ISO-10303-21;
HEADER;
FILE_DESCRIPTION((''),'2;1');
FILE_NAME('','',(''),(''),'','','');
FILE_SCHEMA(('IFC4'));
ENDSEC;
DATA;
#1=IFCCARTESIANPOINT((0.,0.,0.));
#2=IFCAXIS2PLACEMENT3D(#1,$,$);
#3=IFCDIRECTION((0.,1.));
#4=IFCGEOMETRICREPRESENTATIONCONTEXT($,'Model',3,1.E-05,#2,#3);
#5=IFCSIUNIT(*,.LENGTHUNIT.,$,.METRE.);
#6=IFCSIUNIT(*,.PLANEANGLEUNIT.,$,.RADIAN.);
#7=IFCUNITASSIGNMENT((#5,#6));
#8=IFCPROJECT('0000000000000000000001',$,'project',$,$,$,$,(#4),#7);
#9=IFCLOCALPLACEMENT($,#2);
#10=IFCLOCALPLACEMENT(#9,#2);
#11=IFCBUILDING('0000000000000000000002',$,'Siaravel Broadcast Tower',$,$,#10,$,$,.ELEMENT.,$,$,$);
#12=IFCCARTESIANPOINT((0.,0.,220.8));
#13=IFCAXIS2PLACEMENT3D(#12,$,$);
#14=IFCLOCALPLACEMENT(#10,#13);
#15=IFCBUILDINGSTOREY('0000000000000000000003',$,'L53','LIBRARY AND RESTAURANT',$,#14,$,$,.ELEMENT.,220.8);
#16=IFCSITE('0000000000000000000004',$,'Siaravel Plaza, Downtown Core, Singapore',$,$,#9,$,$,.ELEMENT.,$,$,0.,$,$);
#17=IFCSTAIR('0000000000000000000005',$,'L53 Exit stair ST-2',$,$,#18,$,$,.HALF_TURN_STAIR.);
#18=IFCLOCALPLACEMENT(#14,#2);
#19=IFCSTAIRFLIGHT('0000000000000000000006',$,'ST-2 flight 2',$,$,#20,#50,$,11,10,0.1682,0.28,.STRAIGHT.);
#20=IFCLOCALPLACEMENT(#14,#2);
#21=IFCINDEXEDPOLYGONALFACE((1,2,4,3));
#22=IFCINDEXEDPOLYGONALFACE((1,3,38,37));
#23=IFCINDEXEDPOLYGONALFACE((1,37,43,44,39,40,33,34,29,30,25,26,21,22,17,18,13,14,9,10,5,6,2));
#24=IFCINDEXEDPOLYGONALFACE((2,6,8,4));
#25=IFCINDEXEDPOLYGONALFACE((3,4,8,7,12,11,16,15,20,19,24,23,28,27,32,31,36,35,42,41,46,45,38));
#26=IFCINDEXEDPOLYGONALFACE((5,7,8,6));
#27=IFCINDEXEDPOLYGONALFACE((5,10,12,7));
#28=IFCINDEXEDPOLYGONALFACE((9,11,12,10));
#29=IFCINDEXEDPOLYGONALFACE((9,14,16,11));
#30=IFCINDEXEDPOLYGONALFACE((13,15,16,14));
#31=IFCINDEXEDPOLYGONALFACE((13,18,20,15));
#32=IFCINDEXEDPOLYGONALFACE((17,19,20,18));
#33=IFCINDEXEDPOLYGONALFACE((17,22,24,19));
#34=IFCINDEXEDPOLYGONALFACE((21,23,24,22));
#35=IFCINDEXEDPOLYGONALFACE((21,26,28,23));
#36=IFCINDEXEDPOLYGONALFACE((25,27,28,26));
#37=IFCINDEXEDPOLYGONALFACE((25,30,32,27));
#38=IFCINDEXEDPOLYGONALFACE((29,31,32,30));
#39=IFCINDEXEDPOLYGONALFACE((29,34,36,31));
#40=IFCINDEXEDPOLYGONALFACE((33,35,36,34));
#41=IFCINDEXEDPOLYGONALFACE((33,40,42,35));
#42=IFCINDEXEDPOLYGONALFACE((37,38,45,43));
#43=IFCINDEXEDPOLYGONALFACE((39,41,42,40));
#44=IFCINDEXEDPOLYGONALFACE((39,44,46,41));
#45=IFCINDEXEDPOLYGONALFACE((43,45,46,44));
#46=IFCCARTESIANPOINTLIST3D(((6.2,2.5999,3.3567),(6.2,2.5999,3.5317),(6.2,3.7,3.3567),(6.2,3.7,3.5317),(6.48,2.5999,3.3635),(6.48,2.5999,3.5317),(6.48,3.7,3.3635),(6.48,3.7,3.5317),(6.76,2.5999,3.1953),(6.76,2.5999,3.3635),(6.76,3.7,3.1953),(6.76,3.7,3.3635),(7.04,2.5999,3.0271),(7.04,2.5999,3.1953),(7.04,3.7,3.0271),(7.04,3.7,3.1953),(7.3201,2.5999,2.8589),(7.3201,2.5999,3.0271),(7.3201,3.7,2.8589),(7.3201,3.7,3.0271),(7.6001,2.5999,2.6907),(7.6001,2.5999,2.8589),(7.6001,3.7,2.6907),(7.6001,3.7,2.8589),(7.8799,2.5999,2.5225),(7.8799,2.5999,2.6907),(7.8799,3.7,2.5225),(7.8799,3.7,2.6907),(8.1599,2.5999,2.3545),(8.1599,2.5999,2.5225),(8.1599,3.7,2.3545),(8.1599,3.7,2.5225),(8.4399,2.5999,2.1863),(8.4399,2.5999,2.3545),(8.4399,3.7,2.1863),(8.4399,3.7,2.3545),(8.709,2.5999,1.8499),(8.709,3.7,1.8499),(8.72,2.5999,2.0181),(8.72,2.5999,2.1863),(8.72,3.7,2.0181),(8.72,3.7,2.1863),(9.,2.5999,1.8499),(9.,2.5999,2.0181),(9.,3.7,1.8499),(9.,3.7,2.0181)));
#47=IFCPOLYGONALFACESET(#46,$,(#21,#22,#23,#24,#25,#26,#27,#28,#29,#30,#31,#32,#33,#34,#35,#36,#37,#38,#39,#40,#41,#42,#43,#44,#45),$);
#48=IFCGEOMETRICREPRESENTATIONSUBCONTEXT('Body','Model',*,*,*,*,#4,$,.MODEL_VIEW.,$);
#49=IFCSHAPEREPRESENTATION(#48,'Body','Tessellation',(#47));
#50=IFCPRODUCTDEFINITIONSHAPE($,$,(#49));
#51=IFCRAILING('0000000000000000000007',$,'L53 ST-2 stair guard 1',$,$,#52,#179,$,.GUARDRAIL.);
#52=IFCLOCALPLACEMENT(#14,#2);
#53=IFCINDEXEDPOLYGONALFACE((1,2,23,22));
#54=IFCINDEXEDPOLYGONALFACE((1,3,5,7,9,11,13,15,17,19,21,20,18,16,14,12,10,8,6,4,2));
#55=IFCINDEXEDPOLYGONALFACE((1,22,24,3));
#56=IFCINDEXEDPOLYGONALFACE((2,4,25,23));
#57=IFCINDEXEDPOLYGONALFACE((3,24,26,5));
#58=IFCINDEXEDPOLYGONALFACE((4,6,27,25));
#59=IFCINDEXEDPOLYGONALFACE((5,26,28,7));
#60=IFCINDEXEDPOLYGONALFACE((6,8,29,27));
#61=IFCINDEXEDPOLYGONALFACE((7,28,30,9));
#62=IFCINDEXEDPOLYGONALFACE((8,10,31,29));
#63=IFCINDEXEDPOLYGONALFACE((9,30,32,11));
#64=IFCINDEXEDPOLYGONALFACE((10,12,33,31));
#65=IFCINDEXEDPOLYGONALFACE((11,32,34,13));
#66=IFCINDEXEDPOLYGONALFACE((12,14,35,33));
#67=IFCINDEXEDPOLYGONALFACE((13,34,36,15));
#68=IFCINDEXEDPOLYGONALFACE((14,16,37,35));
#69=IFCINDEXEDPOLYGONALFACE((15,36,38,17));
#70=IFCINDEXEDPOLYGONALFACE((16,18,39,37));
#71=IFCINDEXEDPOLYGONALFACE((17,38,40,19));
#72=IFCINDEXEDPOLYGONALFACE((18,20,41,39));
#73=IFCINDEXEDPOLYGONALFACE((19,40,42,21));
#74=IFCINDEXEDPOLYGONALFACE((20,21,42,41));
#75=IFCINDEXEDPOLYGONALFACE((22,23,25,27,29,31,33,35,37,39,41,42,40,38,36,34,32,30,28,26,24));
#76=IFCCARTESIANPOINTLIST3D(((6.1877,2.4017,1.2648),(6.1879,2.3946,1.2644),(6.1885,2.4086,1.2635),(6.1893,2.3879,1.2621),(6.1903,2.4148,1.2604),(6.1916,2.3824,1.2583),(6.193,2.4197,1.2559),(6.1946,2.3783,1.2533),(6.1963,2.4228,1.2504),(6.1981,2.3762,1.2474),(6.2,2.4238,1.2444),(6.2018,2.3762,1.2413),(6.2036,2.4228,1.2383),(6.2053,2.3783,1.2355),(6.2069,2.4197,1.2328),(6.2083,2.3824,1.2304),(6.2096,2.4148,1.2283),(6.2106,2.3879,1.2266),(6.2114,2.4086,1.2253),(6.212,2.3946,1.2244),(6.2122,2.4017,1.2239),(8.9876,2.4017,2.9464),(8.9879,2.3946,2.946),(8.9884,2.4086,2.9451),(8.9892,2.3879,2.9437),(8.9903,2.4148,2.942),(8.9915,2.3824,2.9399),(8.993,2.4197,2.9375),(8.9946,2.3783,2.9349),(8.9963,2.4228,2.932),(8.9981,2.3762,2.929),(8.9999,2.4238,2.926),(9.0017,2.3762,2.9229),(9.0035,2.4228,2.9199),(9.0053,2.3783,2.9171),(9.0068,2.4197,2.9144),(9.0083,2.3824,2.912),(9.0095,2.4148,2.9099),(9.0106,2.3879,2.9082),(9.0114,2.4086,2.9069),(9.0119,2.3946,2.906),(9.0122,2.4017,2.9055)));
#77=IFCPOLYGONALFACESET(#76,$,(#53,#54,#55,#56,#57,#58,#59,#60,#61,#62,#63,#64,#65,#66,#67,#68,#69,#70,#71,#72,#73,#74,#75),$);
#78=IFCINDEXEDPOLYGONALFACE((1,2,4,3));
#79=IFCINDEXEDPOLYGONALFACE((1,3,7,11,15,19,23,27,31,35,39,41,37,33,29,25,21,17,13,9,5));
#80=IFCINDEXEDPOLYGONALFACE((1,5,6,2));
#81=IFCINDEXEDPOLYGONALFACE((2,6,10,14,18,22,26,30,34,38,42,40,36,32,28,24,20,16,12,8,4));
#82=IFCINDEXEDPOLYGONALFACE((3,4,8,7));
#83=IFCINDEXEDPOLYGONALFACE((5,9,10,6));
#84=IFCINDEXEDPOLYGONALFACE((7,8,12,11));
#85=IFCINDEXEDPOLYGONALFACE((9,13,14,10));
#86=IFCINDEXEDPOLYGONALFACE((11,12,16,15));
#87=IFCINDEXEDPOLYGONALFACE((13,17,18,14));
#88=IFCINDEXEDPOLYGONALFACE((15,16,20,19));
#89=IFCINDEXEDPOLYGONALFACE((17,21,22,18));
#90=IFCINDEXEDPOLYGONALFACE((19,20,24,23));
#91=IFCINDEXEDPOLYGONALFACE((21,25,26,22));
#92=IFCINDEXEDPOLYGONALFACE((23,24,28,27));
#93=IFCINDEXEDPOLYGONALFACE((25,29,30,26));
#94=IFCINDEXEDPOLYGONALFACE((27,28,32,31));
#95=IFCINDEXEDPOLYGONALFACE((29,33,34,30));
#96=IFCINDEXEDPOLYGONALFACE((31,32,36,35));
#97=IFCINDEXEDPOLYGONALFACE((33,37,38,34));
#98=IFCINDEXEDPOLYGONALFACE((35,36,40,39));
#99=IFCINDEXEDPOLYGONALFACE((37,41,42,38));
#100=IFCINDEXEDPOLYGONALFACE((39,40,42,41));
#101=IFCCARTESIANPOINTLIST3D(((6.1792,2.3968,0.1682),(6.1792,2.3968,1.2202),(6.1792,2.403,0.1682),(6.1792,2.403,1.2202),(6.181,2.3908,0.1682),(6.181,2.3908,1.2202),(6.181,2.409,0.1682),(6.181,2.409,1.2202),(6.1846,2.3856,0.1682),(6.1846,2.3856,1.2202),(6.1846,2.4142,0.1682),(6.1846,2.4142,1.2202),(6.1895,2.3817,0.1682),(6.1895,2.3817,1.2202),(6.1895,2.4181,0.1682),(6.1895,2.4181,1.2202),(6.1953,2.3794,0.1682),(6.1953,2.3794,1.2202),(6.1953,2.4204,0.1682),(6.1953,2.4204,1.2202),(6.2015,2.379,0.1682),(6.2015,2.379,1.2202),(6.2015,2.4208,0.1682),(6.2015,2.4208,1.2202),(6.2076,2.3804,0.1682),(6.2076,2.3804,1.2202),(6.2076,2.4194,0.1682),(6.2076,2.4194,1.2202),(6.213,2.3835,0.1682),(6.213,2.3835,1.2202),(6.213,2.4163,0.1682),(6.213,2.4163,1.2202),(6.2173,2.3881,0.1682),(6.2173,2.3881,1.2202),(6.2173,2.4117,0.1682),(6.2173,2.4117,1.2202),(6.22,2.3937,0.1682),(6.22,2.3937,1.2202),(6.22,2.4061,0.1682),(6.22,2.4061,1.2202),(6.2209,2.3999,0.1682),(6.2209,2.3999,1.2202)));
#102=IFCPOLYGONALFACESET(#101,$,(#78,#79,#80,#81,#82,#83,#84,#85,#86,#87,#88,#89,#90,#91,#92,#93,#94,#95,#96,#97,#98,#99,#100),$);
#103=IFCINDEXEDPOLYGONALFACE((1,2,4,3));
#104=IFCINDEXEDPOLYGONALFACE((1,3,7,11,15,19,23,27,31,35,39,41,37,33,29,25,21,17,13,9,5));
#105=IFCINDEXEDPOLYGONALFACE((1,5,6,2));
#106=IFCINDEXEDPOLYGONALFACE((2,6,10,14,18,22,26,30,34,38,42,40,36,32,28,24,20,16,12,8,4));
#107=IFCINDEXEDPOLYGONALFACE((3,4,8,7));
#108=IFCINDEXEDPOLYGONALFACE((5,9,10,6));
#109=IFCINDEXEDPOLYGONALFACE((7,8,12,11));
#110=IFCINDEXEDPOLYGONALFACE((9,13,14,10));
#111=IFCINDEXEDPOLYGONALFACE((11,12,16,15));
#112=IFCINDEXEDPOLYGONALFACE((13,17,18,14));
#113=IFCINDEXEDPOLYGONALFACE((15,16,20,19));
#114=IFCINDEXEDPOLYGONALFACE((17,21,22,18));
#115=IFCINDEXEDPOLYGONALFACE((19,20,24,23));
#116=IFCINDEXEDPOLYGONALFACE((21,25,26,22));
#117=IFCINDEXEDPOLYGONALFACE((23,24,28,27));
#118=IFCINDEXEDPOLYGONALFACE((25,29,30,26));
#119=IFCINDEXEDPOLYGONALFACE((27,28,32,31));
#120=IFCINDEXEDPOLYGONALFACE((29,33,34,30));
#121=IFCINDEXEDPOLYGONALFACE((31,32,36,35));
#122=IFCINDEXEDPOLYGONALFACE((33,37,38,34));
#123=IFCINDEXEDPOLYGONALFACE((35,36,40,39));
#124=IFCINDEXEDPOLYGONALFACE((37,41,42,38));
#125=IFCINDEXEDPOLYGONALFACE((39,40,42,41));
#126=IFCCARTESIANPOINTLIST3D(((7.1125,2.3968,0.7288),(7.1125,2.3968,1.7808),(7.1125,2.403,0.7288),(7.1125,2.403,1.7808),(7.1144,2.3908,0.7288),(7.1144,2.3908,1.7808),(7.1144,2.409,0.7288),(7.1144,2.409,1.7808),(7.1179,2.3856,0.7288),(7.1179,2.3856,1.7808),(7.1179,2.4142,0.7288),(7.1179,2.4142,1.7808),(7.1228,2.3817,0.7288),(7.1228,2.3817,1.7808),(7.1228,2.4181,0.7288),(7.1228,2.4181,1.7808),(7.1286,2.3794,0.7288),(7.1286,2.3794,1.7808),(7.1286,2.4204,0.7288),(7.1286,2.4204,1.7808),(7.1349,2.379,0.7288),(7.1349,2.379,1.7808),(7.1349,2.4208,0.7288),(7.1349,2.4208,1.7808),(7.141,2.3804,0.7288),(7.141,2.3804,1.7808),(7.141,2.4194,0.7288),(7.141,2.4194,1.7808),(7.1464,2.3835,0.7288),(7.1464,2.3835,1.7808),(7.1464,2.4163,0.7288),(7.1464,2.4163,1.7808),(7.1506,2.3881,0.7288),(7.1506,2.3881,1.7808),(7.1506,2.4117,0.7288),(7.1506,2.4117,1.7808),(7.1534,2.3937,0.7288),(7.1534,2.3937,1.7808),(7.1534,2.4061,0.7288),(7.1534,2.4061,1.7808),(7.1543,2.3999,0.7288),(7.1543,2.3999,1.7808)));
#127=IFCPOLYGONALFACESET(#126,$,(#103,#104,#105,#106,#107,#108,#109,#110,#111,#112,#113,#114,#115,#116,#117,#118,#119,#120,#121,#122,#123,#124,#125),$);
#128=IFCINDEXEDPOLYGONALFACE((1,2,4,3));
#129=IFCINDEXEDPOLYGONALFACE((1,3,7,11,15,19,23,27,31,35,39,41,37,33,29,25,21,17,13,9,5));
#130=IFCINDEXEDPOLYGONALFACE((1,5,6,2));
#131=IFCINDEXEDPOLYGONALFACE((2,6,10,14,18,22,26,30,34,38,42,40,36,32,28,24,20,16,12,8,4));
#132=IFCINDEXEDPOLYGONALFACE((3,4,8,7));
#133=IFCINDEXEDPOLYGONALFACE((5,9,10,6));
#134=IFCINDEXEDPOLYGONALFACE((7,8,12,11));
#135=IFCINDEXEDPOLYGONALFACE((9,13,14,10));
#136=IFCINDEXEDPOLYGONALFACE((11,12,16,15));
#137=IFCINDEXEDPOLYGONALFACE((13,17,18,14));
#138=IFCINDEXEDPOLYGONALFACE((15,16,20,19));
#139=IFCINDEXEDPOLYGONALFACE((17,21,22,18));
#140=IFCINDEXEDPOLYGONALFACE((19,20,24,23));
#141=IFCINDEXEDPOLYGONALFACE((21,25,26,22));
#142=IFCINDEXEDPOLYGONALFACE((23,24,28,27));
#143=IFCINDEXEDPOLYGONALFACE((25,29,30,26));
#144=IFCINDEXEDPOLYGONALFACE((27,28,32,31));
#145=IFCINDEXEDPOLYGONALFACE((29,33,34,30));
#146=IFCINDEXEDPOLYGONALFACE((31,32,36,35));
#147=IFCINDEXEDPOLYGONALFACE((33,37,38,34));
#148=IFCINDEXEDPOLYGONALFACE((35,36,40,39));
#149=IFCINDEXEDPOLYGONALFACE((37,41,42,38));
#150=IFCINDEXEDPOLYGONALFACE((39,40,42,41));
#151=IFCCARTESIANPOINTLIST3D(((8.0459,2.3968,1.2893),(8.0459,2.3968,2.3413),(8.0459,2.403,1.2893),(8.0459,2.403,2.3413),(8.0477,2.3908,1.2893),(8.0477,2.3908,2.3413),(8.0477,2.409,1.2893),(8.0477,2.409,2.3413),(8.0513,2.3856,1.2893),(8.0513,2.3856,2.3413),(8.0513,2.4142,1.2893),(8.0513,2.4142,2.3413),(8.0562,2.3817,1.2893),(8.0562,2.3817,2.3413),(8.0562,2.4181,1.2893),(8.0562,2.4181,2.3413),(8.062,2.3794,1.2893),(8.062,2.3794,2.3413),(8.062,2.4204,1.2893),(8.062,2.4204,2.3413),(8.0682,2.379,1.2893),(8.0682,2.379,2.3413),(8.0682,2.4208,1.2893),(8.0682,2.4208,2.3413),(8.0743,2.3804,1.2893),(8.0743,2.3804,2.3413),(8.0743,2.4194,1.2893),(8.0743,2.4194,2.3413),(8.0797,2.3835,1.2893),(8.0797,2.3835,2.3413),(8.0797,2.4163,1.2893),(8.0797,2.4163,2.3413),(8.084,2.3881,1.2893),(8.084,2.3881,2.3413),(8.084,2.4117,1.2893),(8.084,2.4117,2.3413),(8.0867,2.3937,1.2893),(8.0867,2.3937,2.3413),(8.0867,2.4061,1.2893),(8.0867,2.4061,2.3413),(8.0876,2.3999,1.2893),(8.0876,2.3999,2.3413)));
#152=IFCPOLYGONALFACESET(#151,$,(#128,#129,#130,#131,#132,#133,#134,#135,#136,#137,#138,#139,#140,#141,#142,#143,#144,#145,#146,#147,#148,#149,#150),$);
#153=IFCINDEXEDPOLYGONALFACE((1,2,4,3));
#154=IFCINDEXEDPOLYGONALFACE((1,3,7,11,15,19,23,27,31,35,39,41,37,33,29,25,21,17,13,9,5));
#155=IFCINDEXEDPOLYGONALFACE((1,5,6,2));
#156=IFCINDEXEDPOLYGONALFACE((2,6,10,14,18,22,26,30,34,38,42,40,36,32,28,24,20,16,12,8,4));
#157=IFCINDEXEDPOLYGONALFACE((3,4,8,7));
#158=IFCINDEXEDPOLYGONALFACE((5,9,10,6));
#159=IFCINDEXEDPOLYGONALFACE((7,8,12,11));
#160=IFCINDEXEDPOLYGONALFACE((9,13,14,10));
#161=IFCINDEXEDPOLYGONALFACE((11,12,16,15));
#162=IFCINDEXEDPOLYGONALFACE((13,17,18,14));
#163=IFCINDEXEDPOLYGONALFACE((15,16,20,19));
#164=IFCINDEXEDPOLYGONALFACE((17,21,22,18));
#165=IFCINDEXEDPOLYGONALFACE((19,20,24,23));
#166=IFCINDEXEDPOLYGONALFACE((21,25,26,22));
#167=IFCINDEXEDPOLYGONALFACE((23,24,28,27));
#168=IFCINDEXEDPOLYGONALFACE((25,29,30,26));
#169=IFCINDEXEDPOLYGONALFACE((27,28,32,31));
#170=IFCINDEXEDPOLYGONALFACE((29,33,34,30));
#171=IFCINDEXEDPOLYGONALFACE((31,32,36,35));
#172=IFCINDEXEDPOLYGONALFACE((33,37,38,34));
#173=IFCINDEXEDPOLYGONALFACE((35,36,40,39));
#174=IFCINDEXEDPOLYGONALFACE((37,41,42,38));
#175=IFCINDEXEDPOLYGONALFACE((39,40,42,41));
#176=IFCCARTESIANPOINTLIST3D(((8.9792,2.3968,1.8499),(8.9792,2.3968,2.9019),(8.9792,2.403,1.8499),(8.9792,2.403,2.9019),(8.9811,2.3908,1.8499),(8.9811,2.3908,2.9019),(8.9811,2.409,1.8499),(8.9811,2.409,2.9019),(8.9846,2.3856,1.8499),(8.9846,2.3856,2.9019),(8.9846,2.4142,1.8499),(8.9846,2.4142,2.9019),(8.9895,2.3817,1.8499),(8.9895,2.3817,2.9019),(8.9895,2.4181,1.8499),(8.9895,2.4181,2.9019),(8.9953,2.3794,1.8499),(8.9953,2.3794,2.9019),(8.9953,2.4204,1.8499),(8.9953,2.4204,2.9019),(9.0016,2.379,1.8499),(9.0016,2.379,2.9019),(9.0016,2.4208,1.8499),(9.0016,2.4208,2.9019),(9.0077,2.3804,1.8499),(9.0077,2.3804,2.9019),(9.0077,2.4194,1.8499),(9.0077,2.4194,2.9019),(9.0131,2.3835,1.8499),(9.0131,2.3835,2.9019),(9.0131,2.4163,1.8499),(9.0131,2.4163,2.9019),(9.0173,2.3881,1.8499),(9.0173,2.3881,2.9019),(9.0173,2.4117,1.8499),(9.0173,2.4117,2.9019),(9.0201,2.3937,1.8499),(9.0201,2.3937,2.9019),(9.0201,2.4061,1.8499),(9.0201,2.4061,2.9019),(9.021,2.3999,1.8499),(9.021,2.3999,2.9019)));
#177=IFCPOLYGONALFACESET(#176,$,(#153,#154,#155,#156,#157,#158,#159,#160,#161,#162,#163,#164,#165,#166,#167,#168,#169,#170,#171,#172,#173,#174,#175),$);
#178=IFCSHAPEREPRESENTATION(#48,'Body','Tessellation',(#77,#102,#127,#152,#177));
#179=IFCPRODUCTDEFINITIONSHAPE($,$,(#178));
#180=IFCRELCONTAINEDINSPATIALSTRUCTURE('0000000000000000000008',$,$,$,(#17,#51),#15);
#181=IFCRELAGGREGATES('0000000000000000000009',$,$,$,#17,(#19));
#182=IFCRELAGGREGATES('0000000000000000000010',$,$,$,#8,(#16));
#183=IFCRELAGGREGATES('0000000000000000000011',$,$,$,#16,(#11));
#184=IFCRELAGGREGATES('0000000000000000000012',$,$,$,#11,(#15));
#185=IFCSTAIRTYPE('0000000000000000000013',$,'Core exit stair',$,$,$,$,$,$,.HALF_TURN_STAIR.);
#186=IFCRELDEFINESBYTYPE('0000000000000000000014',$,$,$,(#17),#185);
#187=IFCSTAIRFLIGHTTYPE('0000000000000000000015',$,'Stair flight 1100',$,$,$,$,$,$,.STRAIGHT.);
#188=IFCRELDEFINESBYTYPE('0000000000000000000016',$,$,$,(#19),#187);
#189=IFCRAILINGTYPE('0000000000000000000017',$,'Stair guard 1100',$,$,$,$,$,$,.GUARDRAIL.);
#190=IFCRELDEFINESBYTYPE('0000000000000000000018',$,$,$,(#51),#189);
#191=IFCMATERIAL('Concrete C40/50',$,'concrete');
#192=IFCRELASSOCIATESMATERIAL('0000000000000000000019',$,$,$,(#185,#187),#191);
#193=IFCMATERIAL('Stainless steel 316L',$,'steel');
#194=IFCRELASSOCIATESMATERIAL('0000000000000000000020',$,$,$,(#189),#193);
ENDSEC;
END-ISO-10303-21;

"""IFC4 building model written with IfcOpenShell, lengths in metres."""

from ifc_helpers import new_model, si_unit, direction, frame, origin, origin_2d, place, context, subcontext, project, spatial, polyline, circle, outline, extrude, material, type_object, element, aggregate, save


model = new_model("IFC4")

# Units and contexts
model_context = context("Model", 3, precision=1e-05, world=origin(), true_north=direction((0.0, 1.0)))
body_context = subcontext(model_context, "Body", "Model", "MODEL_VIEW")
ifc_project = project(units=[si_unit("LENGTHUNIT", "METRE"), si_unit("PLANEANGLEUNIT", "RADIAN")], contexts=[model_context])

# Site, building, storey
site_placement = place(None, origin())
site = spatial("IfcSite", under=ifc_project, at=site_placement, Name="Siaravel Plaza, Downtown Core, Singapore", CompositionType="ELEMENT", RefElevation=0.0)
building_placement = place(site_placement, origin())
building = spatial("IfcBuilding", under=site, at=building_placement, Name="Siaravel Broadcast Tower", CompositionType="ELEMENT")
storey_placement = place(building_placement, frame((0.0, 0.0, 220.8)))
storey = spatial("IfcBuildingStorey", under=building, at=storey_placement, Name="L53", Description="LIBRARY AND RESTAURANT", CompositionType="ELEMENT", Elevation=220.8)

# Stair, stair flight
ifc_material_1 = material(Name="Concrete C40/50", Category="concrete")
stair_type = type_object("IfcStairType", Name="Core exit stair", PredefinedType="HALF_TURN_STAIR", material=ifc_material_1)
stair_placement = place(storey_placement, origin())
stair = element("IfcStair", 1, at=stair_placement, inside=storey, type_object=stair_type, Name="L53 Exit stair ST-2", PredefinedType="HALF_TURN_STAIR")
stair_flight_type = type_object("IfcStairFlightType", Name="Stair flight 1100", PredefinedType="STRAIGHT", material=ifc_material_1)
stair_flight_1_placement = place(storey_placement, frame((9.0, 3.1499, 1.8499), z_axis=(0.0, 0.0, 1.0), x_axis=(-1.0, 0.0, 0.0)))
stair_flight_1 = element("IfcStairFlight", 2, at=stair_flight_1_placement, type_object=stair_flight_type, Name="ST-2 flight 2", NumberOfRisers=11, NumberOfTreads=10, PredefinedType="STRAIGHT", RiserHeight=0.1682, TreadLength=0.28, context=body_context, shape_type="SweptSolid", body=[
    extrude(outline(polyline([(0.0, 0.0), (0.0, 0.1682), (0.28, 0.1682), (0.28, 0.3364), (0.5601, 0.3364), (0.5601, 0.5046), (0.8401, 0.5046), (0.8401, 0.6726), (1.1201, 0.6726), (1.1201, 0.8408), (1.3999, 0.8408), (1.3999, 1.009), (1.6799, 1.009), (1.6799, 1.1772), (1.96, 1.1772), (1.96, 1.3455), (2.24, 1.3455), (2.24, 1.5137), (2.52, 1.5137), (2.52, 1.6819), (2.8, 1.6819), (2.8, 1.8501), (2.8, 1.5068), (0.291, 0.0), (0.0, 0.0)])), frame((0.0, 0.55, 0.0), z_axis=(0.0, -1.0, 0.0), x_axis=(1.0, 0.0, 0.0)), (0.0, 0.0, 1.0), 1.1001),
])
aggregate(stair, [stair_flight_1])

# Railing
ifc_material_2 = material(Name="Stainless steel 316L", Category="steel")
railing_type_1 = type_object("IfcRailingType", Name="Stair guard 1100", PredefinedType="GUARDRAIL", material=ifc_material_2)
railing_1_placement = place(storey_placement, frame((6.2, 2.3999, 0.1682)))
element("IfcRailing", 3, at=railing_1_placement, inside=storey, type_object=railing_type_1, Name="L53 ST-2 stair guard 1", PredefinedType="GUARDRAIL", context=body_context, shape_type="SweptSolid", body=[
    extrude(circle(Radius=0.0239, at=origin_2d()), frame((0.0, 0.0, 1.0762), z_axis=(0.857275, 0.0, 0.514858), x_axis=(0.0, 1.0, 0.0)), (0.0, 0.0, 1.0), 3.2661),
    extrude(circle(Radius=0.021, at=origin_2d()), origin(), (0.0, 0.0, 1.0), 1.052),
    extrude(circle(Radius=0.021, at=origin_2d()), frame((0.9333, 0.0, 0.5605)), (0.0, 0.0, 1.0), 1.052),
    extrude(circle(Radius=0.021, at=origin_2d()), frame((1.8667, 0.0, 1.1211)), (0.0, 0.0, 1.0), 1.052),
    extrude(circle(Radius=0.021, at=origin_2d()), frame((2.8, 0.0, 1.6816)), (0.0, 0.0, 1.0), 1.052),
])

save(model, "model.ifc")
